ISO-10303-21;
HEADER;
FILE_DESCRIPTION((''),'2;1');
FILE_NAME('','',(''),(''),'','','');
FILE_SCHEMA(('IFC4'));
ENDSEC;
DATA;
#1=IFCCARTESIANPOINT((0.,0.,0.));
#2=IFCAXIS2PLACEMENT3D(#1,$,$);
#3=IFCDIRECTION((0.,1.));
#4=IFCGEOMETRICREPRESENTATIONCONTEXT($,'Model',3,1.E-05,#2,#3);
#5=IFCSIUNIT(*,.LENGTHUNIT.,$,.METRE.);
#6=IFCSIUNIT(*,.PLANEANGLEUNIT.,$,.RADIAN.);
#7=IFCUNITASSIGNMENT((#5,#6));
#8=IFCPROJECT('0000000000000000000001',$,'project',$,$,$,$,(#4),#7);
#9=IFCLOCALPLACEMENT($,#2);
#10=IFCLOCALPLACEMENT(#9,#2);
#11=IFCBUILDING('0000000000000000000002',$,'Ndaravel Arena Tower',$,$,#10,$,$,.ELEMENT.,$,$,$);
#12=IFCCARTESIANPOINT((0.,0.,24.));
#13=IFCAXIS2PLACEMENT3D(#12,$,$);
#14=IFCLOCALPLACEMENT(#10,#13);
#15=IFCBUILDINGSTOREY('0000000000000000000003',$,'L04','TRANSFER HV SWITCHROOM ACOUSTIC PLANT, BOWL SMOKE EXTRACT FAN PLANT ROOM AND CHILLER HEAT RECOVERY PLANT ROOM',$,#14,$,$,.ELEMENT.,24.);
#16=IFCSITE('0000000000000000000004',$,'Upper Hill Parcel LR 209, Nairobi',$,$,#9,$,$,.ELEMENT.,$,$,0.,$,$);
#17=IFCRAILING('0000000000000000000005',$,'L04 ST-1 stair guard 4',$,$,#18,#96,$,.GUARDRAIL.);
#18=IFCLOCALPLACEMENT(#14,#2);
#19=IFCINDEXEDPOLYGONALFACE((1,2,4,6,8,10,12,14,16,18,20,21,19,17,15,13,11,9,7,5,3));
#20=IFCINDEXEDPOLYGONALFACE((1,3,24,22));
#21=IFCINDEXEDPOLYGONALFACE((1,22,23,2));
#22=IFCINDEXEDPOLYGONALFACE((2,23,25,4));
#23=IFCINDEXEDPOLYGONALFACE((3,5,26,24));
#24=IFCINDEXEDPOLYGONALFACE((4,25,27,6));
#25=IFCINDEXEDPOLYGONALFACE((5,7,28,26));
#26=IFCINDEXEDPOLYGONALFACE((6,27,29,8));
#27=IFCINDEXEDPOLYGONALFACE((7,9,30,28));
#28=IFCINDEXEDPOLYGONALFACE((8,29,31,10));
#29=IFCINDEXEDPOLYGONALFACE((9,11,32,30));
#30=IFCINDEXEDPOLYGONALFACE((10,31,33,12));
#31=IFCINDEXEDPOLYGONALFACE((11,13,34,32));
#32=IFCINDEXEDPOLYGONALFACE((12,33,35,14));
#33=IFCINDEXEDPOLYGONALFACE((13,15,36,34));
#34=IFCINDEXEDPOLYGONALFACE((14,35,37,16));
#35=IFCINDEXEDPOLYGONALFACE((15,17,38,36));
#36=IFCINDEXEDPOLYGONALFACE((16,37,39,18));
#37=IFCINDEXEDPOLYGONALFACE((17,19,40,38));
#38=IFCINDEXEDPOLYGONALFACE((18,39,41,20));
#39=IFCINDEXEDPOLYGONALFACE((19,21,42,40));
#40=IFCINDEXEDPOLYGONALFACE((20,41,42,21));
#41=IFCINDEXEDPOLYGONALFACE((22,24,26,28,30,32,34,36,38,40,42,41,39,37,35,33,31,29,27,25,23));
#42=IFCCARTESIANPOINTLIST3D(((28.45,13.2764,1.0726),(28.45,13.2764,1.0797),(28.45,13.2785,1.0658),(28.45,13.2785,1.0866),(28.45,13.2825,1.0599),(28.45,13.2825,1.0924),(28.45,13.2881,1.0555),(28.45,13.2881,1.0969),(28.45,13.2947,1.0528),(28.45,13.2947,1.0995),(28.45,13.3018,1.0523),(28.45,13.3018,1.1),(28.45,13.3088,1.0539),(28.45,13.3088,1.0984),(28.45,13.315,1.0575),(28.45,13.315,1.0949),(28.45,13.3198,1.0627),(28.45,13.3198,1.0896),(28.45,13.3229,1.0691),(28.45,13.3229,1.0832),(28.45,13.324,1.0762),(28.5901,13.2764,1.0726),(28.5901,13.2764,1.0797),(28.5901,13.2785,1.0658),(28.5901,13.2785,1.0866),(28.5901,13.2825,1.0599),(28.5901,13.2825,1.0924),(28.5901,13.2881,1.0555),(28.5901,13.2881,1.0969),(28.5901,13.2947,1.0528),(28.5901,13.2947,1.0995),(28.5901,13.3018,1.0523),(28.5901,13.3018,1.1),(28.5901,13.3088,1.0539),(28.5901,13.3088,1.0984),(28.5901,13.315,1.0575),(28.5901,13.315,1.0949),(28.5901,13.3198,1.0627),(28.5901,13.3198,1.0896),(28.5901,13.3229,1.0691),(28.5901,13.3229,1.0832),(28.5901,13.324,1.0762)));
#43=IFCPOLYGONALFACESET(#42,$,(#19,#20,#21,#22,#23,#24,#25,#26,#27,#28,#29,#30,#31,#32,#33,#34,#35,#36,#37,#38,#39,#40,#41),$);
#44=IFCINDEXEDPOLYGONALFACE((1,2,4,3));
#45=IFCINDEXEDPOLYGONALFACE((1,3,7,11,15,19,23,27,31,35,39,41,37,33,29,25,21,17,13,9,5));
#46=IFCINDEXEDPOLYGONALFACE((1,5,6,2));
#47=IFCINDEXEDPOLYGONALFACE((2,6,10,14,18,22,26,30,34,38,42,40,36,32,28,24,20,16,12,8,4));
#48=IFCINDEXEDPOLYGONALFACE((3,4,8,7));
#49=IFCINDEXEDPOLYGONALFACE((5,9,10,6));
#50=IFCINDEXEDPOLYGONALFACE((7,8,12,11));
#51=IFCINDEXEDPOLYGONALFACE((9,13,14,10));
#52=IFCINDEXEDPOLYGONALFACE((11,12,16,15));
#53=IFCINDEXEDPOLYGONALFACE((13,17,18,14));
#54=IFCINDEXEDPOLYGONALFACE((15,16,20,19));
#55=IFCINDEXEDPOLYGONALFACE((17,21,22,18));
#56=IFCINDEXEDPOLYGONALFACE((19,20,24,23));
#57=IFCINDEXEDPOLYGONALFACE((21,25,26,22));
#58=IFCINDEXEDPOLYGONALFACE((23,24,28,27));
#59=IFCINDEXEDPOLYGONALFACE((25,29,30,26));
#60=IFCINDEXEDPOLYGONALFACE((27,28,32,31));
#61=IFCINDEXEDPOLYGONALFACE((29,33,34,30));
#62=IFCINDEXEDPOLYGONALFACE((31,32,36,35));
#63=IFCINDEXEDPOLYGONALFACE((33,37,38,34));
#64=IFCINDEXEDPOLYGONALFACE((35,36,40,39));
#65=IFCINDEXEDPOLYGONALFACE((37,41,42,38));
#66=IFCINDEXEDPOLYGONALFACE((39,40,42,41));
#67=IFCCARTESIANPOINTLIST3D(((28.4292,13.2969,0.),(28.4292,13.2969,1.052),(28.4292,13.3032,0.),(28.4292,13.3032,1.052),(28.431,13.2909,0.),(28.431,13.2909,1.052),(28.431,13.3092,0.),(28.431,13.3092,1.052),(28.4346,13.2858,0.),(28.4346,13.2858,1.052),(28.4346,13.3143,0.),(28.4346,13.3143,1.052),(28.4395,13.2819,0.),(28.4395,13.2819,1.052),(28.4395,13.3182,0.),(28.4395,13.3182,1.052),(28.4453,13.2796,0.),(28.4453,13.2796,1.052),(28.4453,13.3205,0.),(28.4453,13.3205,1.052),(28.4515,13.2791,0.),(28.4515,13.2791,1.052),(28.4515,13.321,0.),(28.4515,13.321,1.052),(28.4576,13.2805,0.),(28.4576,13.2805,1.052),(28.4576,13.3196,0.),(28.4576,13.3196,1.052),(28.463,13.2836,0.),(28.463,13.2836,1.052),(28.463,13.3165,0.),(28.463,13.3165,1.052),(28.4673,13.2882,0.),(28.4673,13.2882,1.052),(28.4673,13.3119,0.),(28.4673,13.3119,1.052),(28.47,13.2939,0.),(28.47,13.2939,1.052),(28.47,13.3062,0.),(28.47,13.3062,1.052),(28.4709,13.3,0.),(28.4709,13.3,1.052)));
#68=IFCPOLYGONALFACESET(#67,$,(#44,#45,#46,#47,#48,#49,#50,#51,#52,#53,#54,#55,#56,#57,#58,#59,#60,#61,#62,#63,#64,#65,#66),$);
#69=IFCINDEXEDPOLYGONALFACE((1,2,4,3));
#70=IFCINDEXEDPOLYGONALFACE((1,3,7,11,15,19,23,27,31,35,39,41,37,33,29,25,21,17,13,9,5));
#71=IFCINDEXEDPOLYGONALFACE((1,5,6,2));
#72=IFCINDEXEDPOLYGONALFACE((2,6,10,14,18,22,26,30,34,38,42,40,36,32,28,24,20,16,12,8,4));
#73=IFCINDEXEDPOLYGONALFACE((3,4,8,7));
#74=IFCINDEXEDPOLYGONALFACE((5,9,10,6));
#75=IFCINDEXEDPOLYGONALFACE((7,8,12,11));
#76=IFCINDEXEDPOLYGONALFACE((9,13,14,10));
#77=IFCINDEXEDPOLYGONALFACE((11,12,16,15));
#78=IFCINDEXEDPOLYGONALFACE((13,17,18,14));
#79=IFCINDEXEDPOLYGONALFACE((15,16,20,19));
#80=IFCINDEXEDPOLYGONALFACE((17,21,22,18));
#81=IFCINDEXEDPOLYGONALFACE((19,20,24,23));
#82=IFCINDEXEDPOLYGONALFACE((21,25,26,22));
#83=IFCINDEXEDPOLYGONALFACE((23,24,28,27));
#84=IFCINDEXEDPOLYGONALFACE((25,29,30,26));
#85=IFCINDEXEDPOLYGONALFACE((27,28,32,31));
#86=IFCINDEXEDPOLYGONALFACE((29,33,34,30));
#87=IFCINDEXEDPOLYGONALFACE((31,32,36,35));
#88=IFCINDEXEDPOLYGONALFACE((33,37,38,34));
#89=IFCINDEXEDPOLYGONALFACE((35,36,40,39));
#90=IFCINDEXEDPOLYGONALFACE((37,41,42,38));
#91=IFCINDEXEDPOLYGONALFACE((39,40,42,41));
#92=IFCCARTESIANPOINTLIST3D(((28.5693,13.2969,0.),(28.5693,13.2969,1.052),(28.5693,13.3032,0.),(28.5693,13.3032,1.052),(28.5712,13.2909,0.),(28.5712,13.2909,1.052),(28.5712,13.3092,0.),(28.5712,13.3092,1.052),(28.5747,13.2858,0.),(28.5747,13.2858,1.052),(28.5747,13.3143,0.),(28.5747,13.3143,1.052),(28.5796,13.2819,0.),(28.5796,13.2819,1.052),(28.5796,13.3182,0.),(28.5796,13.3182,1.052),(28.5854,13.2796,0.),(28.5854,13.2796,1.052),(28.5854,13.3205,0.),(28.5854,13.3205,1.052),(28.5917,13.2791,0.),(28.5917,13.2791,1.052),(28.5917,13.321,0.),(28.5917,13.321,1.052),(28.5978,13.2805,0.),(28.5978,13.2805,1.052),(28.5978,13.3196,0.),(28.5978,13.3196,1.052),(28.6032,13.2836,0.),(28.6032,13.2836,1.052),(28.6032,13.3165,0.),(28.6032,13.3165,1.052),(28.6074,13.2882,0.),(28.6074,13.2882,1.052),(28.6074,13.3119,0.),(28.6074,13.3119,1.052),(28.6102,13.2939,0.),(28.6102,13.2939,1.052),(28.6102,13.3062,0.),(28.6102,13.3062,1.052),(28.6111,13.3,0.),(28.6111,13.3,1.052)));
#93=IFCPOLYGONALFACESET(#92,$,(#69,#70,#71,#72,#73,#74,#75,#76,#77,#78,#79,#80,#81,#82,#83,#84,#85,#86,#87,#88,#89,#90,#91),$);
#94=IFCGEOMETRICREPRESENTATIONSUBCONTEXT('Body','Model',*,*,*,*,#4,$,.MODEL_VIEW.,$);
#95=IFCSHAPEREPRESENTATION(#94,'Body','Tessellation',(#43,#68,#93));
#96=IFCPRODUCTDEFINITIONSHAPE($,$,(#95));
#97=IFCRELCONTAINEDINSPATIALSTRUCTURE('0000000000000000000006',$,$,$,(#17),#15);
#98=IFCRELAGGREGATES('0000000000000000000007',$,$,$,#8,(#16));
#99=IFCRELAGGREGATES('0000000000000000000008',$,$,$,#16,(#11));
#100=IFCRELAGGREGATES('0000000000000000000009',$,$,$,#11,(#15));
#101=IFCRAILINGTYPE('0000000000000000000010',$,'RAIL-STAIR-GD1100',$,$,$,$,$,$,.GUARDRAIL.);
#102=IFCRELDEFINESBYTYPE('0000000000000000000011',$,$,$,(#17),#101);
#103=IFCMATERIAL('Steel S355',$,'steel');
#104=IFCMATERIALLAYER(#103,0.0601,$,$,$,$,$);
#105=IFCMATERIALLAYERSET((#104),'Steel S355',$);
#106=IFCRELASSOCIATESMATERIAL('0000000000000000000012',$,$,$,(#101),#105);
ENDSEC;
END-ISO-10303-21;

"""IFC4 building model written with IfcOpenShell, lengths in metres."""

from ifc_helpers import new_model, si_unit, direction, frame, origin, origin_2d, place, context, subcontext, project, spatial, circle, extrude, material, layer, layer_set, type_object, element, save


model = new_model("IFC4")

# Units and contexts
model_context = context("Model", 3, precision=1e-05, world=origin(), true_north=direction((0.0, 1.0)))
body_context = subcontext(model_context, "Body", "Model", "MODEL_VIEW")
ifc_project = project(units=[si_unit("LENGTHUNIT", "METRE"), si_unit("PLANEANGLEUNIT", "RADIAN")], contexts=[model_context])

# Site, building, storey
site_placement = place(None, origin())
site = spatial("IfcSite", under=ifc_project, at=site_placement, Name="Upper Hill Parcel LR 209, Nairobi", CompositionType="ELEMENT", RefElevation=0.0)
building_placement = place(site_placement, origin())
building = spatial("IfcBuilding", under=site, at=building_placement, Name="Ndaravel Arena Tower", CompositionType="ELEMENT")
storey_placement = place(building_placement, frame((0.0, 0.0, 24.0)))
storey = spatial("IfcBuildingStorey", under=building, at=storey_placement, Name="L04", Description="TRANSFER HV SWITCHROOM ACOUSTIC PLANT, BOWL SMOKE EXTRACT FAN PLANT ROOM AND CHILLER HEAT RECOVERY PLANT ROOM", CompositionType="ELEMENT", Elevation=24.0)

# Railing
ifc_material_1 = material(Name="Steel S355", Category="steel")
ifc_layer_1 = layer(ifc_material_1, 0.0601)
ifc_layer_set_1 = layer_set([ifc_layer_1], Name="Steel S355")
railing_type_1 = type_object("IfcRailingType", Name="RAIL-STAIR-GD1100", PredefinedType="GUARDRAIL", material=ifc_layer_set_1)
railing_1_placement = place(storey_placement, frame((28.45, 13.3, 0.0)))
element("IfcRailing", 1, at=railing_1_placement, inside=storey, type_object=railing_type_1, Name="L04 ST-1 stair guard 4", PredefinedType="GUARDRAIL", context=body_context, shape_type="SweptSolid", body=[
    extrude(circle(Radius=0.0239, at=origin_2d()), frame((0.0, 0.0, 1.0762), z_axis=(1.0, 0.0, 0.0), x_axis=(0.0, 1.0, 0.0)), (0.0, 0.0, 1.0), 0.1401),
    extrude(circle(Radius=0.021, at=origin_2d()), origin(), (0.0, 0.0, 1.0), 1.052),
    extrude(circle(Radius=0.021, at=origin_2d()), frame((0.1401, 0.0, 0.0)), (0.0, 0.0, 1.0), 1.052),
])

save(model, "model.ifc")
